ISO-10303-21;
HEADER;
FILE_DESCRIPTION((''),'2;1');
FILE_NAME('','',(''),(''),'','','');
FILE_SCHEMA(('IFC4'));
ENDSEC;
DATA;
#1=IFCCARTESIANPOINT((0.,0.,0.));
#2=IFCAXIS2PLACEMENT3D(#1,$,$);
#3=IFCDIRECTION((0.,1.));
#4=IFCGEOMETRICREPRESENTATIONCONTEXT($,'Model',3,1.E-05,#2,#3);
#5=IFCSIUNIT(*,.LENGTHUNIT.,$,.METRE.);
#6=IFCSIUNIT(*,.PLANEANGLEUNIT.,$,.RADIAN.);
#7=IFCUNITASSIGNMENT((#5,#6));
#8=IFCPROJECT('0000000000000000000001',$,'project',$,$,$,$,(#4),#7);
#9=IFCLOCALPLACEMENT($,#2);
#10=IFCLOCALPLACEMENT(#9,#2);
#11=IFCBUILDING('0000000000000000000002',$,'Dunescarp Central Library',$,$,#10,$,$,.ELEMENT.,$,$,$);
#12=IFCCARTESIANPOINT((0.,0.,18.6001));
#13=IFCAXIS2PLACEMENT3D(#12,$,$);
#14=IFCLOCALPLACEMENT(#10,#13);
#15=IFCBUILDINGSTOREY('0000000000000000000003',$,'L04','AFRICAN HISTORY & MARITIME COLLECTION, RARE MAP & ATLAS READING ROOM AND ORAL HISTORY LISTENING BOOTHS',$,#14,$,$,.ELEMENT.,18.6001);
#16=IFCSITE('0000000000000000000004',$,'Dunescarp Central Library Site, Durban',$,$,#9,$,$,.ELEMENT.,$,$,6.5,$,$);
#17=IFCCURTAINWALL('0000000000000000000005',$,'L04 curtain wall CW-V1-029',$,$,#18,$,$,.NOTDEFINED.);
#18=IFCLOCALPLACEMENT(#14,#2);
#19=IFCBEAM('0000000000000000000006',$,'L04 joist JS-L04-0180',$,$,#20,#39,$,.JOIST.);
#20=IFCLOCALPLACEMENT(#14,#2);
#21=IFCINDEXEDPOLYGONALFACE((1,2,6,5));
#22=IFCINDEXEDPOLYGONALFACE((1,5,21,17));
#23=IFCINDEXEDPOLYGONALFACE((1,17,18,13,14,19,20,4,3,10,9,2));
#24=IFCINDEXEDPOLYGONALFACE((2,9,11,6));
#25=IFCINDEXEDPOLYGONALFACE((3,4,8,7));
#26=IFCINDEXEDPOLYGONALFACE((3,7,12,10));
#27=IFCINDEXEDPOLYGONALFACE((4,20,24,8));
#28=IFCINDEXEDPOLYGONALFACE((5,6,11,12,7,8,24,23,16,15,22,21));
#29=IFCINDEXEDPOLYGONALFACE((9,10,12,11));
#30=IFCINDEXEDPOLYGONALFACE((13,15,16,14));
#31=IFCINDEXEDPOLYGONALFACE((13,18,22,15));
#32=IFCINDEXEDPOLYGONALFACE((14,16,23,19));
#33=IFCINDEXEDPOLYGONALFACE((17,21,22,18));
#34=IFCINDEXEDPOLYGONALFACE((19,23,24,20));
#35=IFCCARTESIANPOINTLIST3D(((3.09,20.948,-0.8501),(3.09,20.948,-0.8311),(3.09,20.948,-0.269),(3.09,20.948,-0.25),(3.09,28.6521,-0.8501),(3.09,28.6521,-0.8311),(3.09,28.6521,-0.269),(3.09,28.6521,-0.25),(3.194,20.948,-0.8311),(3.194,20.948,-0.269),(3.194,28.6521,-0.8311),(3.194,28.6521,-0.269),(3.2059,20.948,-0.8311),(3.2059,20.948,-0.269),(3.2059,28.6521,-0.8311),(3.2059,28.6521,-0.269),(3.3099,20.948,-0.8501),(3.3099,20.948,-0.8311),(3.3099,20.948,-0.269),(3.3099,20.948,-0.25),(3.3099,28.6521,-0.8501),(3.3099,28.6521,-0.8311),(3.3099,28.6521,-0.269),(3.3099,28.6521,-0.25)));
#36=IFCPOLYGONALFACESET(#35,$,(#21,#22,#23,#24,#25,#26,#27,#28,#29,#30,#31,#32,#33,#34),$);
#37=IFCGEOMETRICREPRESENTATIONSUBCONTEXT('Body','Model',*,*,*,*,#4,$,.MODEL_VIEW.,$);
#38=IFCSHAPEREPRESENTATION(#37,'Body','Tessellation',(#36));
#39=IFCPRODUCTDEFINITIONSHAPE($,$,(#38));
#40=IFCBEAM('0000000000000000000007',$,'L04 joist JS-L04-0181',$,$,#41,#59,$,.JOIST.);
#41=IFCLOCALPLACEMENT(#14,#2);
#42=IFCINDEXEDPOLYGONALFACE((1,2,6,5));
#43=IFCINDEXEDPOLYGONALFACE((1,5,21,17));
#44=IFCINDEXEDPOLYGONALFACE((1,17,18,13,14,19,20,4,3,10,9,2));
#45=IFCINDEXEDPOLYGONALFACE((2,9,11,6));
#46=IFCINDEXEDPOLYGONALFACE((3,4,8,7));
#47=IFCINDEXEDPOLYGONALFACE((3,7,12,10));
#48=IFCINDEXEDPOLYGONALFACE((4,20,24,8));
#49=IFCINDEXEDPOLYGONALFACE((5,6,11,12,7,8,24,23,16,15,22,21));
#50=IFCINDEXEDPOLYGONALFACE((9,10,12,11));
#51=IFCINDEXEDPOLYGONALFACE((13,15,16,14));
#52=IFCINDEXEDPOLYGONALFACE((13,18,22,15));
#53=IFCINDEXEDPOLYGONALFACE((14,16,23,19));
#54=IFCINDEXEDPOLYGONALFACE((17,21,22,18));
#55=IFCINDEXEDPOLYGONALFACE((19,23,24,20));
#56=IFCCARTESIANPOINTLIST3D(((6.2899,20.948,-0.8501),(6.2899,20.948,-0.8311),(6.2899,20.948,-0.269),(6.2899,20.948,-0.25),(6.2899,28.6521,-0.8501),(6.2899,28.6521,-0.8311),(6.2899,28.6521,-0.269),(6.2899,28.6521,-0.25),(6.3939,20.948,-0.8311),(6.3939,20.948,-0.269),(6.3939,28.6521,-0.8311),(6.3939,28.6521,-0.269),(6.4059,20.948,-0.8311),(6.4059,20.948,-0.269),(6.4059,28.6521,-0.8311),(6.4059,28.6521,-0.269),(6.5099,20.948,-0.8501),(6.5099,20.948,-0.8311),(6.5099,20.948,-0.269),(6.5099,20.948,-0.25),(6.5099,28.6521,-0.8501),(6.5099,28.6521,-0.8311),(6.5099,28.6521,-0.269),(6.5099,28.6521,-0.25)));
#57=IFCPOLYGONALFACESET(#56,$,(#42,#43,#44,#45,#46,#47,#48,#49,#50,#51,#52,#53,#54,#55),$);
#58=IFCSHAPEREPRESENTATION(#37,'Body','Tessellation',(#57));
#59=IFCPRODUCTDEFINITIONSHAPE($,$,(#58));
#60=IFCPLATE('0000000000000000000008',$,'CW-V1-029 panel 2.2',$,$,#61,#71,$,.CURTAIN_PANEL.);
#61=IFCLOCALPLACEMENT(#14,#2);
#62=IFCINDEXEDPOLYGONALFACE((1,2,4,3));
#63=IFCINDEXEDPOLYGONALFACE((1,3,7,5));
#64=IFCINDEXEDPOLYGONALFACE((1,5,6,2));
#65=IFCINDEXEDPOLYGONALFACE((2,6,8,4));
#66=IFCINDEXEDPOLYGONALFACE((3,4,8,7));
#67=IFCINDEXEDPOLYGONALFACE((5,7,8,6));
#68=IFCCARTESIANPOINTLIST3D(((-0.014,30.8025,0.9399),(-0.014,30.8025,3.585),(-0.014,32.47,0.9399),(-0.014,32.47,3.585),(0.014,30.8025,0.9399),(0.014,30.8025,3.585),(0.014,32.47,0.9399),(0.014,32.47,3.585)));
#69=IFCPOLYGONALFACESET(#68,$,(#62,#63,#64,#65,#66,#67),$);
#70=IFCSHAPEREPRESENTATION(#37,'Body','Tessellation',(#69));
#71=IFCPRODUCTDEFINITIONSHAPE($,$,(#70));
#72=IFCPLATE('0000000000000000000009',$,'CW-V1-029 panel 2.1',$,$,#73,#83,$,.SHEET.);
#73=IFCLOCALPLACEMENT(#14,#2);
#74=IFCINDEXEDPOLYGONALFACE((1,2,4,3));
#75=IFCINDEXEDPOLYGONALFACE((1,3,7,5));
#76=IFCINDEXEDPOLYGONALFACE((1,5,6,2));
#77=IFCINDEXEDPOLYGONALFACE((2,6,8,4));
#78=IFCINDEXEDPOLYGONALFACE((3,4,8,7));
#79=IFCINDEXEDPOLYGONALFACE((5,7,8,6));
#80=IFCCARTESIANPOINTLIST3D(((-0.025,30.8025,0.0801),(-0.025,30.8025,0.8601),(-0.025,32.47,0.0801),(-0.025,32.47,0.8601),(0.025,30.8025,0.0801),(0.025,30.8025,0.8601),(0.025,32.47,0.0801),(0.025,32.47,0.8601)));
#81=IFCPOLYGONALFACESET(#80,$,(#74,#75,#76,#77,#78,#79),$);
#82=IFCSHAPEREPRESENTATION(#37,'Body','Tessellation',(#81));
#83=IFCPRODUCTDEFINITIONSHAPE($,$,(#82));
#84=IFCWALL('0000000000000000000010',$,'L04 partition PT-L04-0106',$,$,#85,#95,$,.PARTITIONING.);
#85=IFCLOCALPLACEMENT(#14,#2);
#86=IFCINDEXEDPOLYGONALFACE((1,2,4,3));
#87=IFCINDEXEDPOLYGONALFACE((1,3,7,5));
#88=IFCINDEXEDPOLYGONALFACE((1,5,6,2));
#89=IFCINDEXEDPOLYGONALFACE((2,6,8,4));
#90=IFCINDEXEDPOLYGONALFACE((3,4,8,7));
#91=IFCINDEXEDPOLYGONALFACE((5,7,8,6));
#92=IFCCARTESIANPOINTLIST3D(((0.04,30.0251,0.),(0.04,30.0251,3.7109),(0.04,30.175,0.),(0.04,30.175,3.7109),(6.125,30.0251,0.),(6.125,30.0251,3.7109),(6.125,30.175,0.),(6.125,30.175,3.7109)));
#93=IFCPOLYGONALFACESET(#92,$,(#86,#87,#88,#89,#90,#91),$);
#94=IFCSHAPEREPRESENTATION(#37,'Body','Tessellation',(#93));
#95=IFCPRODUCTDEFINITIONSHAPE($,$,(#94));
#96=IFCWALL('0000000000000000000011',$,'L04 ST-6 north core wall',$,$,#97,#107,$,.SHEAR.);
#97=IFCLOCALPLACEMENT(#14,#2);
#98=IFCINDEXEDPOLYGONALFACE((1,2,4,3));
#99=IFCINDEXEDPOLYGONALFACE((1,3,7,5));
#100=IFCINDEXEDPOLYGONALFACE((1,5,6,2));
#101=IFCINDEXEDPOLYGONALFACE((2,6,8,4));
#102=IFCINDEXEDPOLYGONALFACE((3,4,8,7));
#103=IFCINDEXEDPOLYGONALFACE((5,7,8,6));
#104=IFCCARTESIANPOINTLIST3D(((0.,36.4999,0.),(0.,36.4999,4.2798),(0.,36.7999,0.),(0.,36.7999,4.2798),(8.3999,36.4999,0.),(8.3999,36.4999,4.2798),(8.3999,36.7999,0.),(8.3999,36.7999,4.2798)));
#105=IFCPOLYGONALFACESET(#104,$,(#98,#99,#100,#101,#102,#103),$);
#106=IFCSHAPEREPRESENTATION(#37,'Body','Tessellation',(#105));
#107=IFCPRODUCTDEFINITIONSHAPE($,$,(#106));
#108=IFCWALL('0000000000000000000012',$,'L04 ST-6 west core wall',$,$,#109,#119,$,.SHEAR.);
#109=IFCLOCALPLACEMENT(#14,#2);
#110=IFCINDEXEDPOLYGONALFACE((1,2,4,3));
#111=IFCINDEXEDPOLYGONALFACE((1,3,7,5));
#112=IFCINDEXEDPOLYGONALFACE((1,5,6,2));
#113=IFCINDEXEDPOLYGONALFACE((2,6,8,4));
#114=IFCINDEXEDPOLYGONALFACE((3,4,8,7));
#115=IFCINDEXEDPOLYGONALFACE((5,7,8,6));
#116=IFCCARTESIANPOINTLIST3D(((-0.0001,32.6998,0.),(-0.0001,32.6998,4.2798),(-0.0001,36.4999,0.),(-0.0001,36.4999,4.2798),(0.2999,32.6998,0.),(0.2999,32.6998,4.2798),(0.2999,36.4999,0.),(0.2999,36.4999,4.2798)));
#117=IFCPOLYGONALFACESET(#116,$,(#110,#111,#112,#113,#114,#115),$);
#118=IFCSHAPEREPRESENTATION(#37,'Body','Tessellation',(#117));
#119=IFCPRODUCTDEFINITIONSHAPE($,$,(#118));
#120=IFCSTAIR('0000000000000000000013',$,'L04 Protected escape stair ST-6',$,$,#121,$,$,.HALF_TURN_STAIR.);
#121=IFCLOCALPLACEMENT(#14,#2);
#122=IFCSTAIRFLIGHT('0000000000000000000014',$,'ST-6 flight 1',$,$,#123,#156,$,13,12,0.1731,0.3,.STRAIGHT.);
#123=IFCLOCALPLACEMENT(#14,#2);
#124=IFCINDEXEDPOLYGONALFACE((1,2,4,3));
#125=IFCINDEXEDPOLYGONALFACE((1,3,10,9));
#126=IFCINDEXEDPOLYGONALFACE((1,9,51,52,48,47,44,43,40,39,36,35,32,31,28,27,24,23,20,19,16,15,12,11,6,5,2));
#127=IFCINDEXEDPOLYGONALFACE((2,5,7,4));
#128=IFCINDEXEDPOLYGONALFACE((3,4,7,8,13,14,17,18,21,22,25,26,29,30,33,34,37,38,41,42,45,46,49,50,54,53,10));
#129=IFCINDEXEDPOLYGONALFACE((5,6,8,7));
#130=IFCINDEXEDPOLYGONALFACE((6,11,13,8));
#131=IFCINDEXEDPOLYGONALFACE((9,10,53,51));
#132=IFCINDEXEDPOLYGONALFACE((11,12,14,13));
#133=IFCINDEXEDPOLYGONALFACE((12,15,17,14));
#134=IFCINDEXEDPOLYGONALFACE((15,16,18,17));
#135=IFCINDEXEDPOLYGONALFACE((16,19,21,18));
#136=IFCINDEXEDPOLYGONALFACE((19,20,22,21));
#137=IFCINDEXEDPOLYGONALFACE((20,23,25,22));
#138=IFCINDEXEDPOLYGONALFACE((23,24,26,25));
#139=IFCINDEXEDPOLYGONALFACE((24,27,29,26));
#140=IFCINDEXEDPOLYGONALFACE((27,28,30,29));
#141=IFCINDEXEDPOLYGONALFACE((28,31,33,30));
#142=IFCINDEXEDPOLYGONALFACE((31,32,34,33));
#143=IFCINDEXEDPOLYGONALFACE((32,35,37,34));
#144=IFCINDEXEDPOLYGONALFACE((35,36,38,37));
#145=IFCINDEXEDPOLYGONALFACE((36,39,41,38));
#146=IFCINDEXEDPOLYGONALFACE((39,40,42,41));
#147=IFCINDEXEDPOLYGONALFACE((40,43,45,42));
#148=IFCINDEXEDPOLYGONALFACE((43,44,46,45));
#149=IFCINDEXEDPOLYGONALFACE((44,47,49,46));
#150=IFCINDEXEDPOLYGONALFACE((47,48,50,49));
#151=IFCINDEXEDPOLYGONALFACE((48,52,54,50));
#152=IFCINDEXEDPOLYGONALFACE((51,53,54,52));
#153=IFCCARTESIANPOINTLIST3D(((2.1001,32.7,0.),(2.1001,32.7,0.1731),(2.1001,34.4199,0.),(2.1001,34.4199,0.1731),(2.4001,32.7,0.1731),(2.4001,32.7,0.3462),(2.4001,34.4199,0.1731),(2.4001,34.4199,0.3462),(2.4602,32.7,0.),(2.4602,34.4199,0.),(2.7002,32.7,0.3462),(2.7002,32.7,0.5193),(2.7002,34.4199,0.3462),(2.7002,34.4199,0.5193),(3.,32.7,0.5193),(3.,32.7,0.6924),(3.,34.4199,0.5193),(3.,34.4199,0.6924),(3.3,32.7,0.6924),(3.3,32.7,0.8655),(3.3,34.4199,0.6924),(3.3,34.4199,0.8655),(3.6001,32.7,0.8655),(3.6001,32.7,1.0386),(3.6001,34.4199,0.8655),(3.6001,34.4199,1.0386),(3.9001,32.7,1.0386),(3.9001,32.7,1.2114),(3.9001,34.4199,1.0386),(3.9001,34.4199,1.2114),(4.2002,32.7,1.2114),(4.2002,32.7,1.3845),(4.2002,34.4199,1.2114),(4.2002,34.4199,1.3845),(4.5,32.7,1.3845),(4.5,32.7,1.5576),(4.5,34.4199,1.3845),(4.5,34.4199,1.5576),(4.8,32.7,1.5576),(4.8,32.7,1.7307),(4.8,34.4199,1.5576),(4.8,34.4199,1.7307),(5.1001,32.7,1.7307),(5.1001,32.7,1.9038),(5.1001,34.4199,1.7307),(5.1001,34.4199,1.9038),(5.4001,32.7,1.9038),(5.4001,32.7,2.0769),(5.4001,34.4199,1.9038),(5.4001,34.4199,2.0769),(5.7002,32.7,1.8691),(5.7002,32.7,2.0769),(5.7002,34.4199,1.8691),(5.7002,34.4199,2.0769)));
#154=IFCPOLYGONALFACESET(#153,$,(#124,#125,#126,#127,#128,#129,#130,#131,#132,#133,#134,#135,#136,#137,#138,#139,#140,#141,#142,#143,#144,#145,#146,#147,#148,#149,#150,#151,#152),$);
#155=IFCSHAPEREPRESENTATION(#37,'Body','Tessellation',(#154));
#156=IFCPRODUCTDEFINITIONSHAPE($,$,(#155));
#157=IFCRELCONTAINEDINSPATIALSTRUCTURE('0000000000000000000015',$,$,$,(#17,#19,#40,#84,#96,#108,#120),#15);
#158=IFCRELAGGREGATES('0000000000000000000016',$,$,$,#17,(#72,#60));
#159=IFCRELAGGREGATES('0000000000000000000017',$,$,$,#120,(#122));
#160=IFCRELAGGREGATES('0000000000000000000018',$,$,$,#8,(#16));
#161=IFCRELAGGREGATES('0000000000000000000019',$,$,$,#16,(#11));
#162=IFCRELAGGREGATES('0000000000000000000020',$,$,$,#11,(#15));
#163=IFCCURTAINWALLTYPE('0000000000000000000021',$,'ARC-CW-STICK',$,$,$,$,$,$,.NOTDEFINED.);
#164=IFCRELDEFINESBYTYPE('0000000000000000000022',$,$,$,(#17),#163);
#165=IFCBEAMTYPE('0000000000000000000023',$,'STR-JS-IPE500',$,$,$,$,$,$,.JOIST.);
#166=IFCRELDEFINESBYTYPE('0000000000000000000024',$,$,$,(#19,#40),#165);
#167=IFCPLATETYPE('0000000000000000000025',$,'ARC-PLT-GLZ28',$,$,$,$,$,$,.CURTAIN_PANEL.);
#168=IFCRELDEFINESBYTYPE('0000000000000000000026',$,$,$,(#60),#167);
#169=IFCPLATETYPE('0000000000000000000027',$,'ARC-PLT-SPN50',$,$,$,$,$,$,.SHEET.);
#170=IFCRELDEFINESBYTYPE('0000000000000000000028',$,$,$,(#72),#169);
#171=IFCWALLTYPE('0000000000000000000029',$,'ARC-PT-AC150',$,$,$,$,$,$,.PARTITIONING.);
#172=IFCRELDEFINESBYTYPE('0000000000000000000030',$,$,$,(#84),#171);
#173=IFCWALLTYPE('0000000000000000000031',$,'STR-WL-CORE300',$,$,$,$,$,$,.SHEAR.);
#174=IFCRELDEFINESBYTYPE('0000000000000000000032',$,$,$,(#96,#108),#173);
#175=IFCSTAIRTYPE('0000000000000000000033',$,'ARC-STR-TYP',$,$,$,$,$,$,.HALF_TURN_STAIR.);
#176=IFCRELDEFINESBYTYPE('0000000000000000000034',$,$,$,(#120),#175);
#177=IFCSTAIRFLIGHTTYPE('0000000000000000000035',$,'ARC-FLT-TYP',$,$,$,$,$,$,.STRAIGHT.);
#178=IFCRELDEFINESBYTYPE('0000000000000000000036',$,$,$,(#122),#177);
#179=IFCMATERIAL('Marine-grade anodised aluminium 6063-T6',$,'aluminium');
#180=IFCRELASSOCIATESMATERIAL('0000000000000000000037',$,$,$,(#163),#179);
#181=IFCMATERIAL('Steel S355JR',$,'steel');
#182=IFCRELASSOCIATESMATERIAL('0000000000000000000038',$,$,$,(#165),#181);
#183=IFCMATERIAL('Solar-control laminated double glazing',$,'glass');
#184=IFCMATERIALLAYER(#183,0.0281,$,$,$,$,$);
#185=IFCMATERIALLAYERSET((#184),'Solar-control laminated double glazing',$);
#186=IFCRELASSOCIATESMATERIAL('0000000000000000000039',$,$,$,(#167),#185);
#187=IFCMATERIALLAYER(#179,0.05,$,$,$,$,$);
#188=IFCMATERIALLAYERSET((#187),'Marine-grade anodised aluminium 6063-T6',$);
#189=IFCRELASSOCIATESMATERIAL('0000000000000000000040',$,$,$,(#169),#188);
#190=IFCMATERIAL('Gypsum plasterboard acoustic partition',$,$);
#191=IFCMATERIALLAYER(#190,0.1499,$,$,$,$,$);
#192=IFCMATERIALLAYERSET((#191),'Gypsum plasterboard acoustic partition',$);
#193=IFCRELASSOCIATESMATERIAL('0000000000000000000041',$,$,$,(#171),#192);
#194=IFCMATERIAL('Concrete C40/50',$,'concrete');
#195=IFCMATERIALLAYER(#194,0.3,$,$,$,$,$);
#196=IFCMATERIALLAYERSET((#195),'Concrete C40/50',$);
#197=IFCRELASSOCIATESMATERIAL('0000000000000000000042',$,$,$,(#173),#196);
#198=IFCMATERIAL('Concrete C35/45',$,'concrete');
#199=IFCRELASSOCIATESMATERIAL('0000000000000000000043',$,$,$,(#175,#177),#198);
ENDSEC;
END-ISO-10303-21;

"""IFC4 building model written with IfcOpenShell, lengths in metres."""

from ifc_helpers import new_model, si_unit, direction, frame, frame_2d, origin, origin_2d, place, context, subcontext, project, spatial, polyline, rectangle, i_section, outline, extrude, material, layer, layer_set, material_profile, profile_set, type_object, element, aggregate, save


model = new_model("IFC4")

# Units and contexts
model_context = context("Model", 3, precision=1e-05, world=origin(), true_north=direction((0.0, 1.0)))
body_context = subcontext(model_context, "Body", "Model", "MODEL_VIEW")
ifc_project = project(units=[si_unit("LENGTHUNIT", "METRE"), si_unit("PLANEANGLEUNIT", "RADIAN")], contexts=[model_context])

# Site, building, storey
site_placement = place(None, origin())
site = spatial("IfcSite", under=ifc_project, at=site_placement, Name="Dunescarp Central Library Site, Durban", CompositionType="ELEMENT", RefElevation=6.5)
building_placement = place(site_placement, origin())
building = spatial("IfcBuilding", under=site, at=building_placement, Name="Dunescarp Central Library", CompositionType="ELEMENT")
storey_placement = place(building_placement, frame((0.0, 0.0, 18.6001)))
storey = spatial("IfcBuildingStorey", under=building, at=storey_placement, Name="L04", Description="AFRICAN HISTORY & MARITIME COLLECTION, RARE MAP & ATLAS READING ROOM AND ORAL HISTORY LISTENING BOOTHS", CompositionType="ELEMENT", Elevation=18.6001)

# Shared definitions
ifc_material_1 = material(Name="Steel S355JR", Category="steel")

# Curtain wall
ifc_material_2 = material(Name="Marine-grade anodised aluminium 6063-T6", Category="aluminium")
curtain_wall_type = type_object("IfcCurtainWallType", Name="ARC-CW-STICK", PredefinedType="NOTDEFINED", material=ifc_material_2)
curtain_wall_placement = place(storey_placement, origin())
curtain_wall = element("IfcCurtainWall", 1, at=curtain_wall_placement, inside=storey, type_object=curtain_wall_type, Name="L04 curtain wall CW-V1-029", PredefinedType="NOTDEFINED")

# Beams
ifc_material_profile_1 = material_profile(ifc_material_1, i_section(OverallWidth=0.22, OverallDepth=0.6001, WebThickness=0.012, FlangeThickness=0.019, at=origin_2d()), Name="IPE 600")
ifc_profile_set_1 = profile_set([ifc_material_profile_1], Name="Steel S355JR")
beam_type_1 = type_object("IfcBeamType", Name="STR-JS-IPE500", PredefinedType="JOIST", material=ifc_profile_set_1)
for number, where, z_axis, x_axis, name in (
    (2, (3.2, 20.948, -0.55), (0.0, 1.0, 0.0), (-1.0, 0.0, 0.0), "L04 joist JS-L04-0180"),
    (3, (6.3999, 20.948, -0.55), (0.0, 1.0, 0.0), (-1.0, 0.0, 0.0), "L04 joist JS-L04-0181"),
):
    element("IfcBeam", number, at=place(storey_placement, frame(where, z_axis=z_axis, x_axis=x_axis)), inside=storey, type_object=beam_type_1, Name=name, PredefinedType="JOIST", context=body_context, shape_type="SweptSolid", body=[
        extrude(i_section(OverallWidth=0.22, OverallDepth=0.6001, WebThickness=0.012, FlangeThickness=0.019, at=origin_2d()), origin(), (0.0, 0.0, 1.0), 7.7041),
    ])

# Plates
ifc_material_3 = material(Name="Solar-control laminated double glazing", Category="glass")
ifc_layer_1 = layer(ifc_material_3, 0.0281)
ifc_layer_set_1 = layer_set([ifc_layer_1], Name="Solar-control laminated double glazing")
plate_type_1 = type_object("IfcPlateType", Name="ARC-PLT-GLZ28", PredefinedType="CURTAIN_PANEL", material=ifc_layer_set_1)
plate_1_placement = place(storey_placement, frame((0.0, 31.6362, 0.9399), z_axis=(0.0, 0.0, 1.0), x_axis=(0.0, 1.0, 0.0)))
plate_1 = element("IfcPlate", 4, at=plate_1_placement, type_object=plate_type_1, Name="CW-V1-029 panel 2.2", PredefinedType="CURTAIN_PANEL", context=body_context, shape_type="SweptSolid", body=[
    extrude(rectangle(XDim=1.6675, YDim=0.0281, at=origin_2d()), origin(), (0.0, 0.0, 1.0), 2.645),
])
ifc_layer_2 = layer(ifc_material_2, 0.05)
ifc_layer_set_2 = layer_set([ifc_layer_2], Name="Marine-grade anodised aluminium 6063-T6")
plate_type_2 = type_object("IfcPlateType", Name="ARC-PLT-SPN50", PredefinedType="SHEET", material=ifc_layer_set_2)
plate_2_placement = place(storey_placement, frame((0.0, 31.6362, 0.0801), z_axis=(0.0, 0.0, 1.0), x_axis=(0.0, 1.0, 0.0)))
plate_2 = element("IfcPlate", 5, at=plate_2_placement, type_object=plate_type_2, Name="CW-V1-029 panel 2.1", PredefinedType="SHEET", context=body_context, shape_type="SweptSolid", body=[
    extrude(rectangle(XDim=1.6675, YDim=0.05, at=origin_2d()), origin(), (0.0, 0.0, 1.0), 0.78),
])
aggregate(curtain_wall, [plate_2, plate_1])

# Walls
ifc_material_4 = material(Name="Gypsum plasterboard acoustic partition")
ifc_layer_3 = layer(ifc_material_4, 0.1499)
ifc_layer_set_3 = layer_set([ifc_layer_3], Name="Gypsum plasterboard acoustic partition")
wall_type_1 = type_object("IfcWallType", Name="ARC-PT-AC150", PredefinedType="PARTITIONING", material=ifc_layer_set_3)
wall_1_placement = place(storey_placement, frame((0.04, 30.1001, 0.0), z_axis=(0.0, 0.0, 1.0), x_axis=(1.0, 0.0, 0.0)))
element("IfcWall", 6, at=wall_1_placement, inside=storey, type_object=wall_type_1, Name="L04 partition PT-L04-0106", PredefinedType="PARTITIONING", context=body_context, shape_type="SweptSolid", body=[
    extrude(rectangle(XDim=6.085, YDim=0.1499, at=frame_2d((3.0425, 0.0))), origin(), (0.0, 0.0, 1.0), 3.7109),
])
ifc_material_5 = material(Name="Concrete C40/50", Category="concrete")
ifc_layer_4 = layer(ifc_material_5, 0.3)
ifc_layer_set_4 = layer_set([ifc_layer_4], Name="Concrete C40/50")
wall_type_2 = type_object("IfcWallType", Name="STR-WL-CORE300", PredefinedType="SHEAR", material=ifc_layer_set_4)
wall_2_placement = place(storey_placement, frame((0.0, 36.6499, 0.0), z_axis=(0.0, 0.0, 1.0), x_axis=(1.0, 0.0, 0.0)))
element("IfcWall", 7, at=wall_2_placement, inside=storey, type_object=wall_type_2, Name="L04 ST-6 north core wall", PredefinedType="SHEAR", context=body_context, shape_type="SweptSolid", body=[
    extrude(rectangle(XDim=8.3999, YDim=0.3, at=frame_2d((4.2, 0.0))), origin(), (0.0, 0.0, 1.0), 4.2798),
])
wall_3_placement = place(storey_placement, frame((0.1499, 32.7, 0.0), z_axis=(0.0, 0.0, 1.0), x_axis=(0.0, 1.0, 0.0)))
element("IfcWall", 8, at=wall_3_placement, inside=storey, type_object=wall_type_2, Name="L04 ST-6 west core wall", PredefinedType="SHEAR", context=body_context, shape_type="SweptSolid", body=[
    extrude(rectangle(XDim=3.8, YDim=0.3, at=frame_2d((1.8999, 0.0))), origin(), (0.0, 0.0, 1.0), 4.2798),
])

# Stair, stair flight
ifc_material_6 = material(Name="Concrete C35/45", Category="concrete")
stair_type = type_object("IfcStairType", Name="ARC-STR-TYP", PredefinedType="HALF_TURN_STAIR", material=ifc_material_6)
stair_placement = place(storey_placement, origin())
stair = element("IfcStair", 9, at=stair_placement, inside=storey, type_object=stair_type, Name="L04 Protected escape stair ST-6", PredefinedType="HALF_TURN_STAIR")
stair_flight_type = type_object("IfcStairFlightType", Name="ARC-FLT-TYP", PredefinedType="STRAIGHT", material=ifc_material_6)
stair_flight_1_placement = place(storey_placement, frame((2.1001, 33.5601, 0.0), z_axis=(0.0, 0.0, 1.0), x_axis=(1.0, 0.0, 0.0)))
stair_flight_1 = element("IfcStairFlight", 10, at=stair_flight_1_placement, type_object=stair_flight_type, Name="ST-6 flight 1", NumberOfRisers=13, NumberOfTreads=12, PredefinedType="STRAIGHT", RiserHeight=0.1731, TreadLength=0.3, context=body_context, shape_type="SweptSolid", body=[
    extrude(outline(polyline([(0.0, 0.0), (0.0, 0.1731), (0.3, 0.1731), (0.3, 0.3462), (0.6001, 0.3462), (0.6001, 0.5193), (0.8999, 0.5193), (0.8999, 0.6924), (1.2, 0.6924), (1.2, 0.8655), (1.5, 0.8655), (1.5, 1.0386), (1.8, 1.0386), (1.8, 1.2114), (2.1001, 1.2114), (2.1001, 1.3845), (2.3999, 1.3845), (2.3999, 1.5576), (2.7, 1.5576), (2.7, 1.7307), (3.0, 1.7307), (3.0, 1.9038), (3.3, 1.9038), (3.3, 2.0769), (3.6001, 2.0769), (3.6001, 2.25), (3.6001, 1.8691), (0.3601, 0.0), (0.0, 0.0)])), frame((0.0, 0.8599, 0.0), z_axis=(0.0, -1.0, 0.0), x_axis=(1.0, 0.0, 0.0)), (0.0, 0.0, 1.0), 1.72),
])
aggregate(stair, [stair_flight_1])

save(model, "model.ifc")
